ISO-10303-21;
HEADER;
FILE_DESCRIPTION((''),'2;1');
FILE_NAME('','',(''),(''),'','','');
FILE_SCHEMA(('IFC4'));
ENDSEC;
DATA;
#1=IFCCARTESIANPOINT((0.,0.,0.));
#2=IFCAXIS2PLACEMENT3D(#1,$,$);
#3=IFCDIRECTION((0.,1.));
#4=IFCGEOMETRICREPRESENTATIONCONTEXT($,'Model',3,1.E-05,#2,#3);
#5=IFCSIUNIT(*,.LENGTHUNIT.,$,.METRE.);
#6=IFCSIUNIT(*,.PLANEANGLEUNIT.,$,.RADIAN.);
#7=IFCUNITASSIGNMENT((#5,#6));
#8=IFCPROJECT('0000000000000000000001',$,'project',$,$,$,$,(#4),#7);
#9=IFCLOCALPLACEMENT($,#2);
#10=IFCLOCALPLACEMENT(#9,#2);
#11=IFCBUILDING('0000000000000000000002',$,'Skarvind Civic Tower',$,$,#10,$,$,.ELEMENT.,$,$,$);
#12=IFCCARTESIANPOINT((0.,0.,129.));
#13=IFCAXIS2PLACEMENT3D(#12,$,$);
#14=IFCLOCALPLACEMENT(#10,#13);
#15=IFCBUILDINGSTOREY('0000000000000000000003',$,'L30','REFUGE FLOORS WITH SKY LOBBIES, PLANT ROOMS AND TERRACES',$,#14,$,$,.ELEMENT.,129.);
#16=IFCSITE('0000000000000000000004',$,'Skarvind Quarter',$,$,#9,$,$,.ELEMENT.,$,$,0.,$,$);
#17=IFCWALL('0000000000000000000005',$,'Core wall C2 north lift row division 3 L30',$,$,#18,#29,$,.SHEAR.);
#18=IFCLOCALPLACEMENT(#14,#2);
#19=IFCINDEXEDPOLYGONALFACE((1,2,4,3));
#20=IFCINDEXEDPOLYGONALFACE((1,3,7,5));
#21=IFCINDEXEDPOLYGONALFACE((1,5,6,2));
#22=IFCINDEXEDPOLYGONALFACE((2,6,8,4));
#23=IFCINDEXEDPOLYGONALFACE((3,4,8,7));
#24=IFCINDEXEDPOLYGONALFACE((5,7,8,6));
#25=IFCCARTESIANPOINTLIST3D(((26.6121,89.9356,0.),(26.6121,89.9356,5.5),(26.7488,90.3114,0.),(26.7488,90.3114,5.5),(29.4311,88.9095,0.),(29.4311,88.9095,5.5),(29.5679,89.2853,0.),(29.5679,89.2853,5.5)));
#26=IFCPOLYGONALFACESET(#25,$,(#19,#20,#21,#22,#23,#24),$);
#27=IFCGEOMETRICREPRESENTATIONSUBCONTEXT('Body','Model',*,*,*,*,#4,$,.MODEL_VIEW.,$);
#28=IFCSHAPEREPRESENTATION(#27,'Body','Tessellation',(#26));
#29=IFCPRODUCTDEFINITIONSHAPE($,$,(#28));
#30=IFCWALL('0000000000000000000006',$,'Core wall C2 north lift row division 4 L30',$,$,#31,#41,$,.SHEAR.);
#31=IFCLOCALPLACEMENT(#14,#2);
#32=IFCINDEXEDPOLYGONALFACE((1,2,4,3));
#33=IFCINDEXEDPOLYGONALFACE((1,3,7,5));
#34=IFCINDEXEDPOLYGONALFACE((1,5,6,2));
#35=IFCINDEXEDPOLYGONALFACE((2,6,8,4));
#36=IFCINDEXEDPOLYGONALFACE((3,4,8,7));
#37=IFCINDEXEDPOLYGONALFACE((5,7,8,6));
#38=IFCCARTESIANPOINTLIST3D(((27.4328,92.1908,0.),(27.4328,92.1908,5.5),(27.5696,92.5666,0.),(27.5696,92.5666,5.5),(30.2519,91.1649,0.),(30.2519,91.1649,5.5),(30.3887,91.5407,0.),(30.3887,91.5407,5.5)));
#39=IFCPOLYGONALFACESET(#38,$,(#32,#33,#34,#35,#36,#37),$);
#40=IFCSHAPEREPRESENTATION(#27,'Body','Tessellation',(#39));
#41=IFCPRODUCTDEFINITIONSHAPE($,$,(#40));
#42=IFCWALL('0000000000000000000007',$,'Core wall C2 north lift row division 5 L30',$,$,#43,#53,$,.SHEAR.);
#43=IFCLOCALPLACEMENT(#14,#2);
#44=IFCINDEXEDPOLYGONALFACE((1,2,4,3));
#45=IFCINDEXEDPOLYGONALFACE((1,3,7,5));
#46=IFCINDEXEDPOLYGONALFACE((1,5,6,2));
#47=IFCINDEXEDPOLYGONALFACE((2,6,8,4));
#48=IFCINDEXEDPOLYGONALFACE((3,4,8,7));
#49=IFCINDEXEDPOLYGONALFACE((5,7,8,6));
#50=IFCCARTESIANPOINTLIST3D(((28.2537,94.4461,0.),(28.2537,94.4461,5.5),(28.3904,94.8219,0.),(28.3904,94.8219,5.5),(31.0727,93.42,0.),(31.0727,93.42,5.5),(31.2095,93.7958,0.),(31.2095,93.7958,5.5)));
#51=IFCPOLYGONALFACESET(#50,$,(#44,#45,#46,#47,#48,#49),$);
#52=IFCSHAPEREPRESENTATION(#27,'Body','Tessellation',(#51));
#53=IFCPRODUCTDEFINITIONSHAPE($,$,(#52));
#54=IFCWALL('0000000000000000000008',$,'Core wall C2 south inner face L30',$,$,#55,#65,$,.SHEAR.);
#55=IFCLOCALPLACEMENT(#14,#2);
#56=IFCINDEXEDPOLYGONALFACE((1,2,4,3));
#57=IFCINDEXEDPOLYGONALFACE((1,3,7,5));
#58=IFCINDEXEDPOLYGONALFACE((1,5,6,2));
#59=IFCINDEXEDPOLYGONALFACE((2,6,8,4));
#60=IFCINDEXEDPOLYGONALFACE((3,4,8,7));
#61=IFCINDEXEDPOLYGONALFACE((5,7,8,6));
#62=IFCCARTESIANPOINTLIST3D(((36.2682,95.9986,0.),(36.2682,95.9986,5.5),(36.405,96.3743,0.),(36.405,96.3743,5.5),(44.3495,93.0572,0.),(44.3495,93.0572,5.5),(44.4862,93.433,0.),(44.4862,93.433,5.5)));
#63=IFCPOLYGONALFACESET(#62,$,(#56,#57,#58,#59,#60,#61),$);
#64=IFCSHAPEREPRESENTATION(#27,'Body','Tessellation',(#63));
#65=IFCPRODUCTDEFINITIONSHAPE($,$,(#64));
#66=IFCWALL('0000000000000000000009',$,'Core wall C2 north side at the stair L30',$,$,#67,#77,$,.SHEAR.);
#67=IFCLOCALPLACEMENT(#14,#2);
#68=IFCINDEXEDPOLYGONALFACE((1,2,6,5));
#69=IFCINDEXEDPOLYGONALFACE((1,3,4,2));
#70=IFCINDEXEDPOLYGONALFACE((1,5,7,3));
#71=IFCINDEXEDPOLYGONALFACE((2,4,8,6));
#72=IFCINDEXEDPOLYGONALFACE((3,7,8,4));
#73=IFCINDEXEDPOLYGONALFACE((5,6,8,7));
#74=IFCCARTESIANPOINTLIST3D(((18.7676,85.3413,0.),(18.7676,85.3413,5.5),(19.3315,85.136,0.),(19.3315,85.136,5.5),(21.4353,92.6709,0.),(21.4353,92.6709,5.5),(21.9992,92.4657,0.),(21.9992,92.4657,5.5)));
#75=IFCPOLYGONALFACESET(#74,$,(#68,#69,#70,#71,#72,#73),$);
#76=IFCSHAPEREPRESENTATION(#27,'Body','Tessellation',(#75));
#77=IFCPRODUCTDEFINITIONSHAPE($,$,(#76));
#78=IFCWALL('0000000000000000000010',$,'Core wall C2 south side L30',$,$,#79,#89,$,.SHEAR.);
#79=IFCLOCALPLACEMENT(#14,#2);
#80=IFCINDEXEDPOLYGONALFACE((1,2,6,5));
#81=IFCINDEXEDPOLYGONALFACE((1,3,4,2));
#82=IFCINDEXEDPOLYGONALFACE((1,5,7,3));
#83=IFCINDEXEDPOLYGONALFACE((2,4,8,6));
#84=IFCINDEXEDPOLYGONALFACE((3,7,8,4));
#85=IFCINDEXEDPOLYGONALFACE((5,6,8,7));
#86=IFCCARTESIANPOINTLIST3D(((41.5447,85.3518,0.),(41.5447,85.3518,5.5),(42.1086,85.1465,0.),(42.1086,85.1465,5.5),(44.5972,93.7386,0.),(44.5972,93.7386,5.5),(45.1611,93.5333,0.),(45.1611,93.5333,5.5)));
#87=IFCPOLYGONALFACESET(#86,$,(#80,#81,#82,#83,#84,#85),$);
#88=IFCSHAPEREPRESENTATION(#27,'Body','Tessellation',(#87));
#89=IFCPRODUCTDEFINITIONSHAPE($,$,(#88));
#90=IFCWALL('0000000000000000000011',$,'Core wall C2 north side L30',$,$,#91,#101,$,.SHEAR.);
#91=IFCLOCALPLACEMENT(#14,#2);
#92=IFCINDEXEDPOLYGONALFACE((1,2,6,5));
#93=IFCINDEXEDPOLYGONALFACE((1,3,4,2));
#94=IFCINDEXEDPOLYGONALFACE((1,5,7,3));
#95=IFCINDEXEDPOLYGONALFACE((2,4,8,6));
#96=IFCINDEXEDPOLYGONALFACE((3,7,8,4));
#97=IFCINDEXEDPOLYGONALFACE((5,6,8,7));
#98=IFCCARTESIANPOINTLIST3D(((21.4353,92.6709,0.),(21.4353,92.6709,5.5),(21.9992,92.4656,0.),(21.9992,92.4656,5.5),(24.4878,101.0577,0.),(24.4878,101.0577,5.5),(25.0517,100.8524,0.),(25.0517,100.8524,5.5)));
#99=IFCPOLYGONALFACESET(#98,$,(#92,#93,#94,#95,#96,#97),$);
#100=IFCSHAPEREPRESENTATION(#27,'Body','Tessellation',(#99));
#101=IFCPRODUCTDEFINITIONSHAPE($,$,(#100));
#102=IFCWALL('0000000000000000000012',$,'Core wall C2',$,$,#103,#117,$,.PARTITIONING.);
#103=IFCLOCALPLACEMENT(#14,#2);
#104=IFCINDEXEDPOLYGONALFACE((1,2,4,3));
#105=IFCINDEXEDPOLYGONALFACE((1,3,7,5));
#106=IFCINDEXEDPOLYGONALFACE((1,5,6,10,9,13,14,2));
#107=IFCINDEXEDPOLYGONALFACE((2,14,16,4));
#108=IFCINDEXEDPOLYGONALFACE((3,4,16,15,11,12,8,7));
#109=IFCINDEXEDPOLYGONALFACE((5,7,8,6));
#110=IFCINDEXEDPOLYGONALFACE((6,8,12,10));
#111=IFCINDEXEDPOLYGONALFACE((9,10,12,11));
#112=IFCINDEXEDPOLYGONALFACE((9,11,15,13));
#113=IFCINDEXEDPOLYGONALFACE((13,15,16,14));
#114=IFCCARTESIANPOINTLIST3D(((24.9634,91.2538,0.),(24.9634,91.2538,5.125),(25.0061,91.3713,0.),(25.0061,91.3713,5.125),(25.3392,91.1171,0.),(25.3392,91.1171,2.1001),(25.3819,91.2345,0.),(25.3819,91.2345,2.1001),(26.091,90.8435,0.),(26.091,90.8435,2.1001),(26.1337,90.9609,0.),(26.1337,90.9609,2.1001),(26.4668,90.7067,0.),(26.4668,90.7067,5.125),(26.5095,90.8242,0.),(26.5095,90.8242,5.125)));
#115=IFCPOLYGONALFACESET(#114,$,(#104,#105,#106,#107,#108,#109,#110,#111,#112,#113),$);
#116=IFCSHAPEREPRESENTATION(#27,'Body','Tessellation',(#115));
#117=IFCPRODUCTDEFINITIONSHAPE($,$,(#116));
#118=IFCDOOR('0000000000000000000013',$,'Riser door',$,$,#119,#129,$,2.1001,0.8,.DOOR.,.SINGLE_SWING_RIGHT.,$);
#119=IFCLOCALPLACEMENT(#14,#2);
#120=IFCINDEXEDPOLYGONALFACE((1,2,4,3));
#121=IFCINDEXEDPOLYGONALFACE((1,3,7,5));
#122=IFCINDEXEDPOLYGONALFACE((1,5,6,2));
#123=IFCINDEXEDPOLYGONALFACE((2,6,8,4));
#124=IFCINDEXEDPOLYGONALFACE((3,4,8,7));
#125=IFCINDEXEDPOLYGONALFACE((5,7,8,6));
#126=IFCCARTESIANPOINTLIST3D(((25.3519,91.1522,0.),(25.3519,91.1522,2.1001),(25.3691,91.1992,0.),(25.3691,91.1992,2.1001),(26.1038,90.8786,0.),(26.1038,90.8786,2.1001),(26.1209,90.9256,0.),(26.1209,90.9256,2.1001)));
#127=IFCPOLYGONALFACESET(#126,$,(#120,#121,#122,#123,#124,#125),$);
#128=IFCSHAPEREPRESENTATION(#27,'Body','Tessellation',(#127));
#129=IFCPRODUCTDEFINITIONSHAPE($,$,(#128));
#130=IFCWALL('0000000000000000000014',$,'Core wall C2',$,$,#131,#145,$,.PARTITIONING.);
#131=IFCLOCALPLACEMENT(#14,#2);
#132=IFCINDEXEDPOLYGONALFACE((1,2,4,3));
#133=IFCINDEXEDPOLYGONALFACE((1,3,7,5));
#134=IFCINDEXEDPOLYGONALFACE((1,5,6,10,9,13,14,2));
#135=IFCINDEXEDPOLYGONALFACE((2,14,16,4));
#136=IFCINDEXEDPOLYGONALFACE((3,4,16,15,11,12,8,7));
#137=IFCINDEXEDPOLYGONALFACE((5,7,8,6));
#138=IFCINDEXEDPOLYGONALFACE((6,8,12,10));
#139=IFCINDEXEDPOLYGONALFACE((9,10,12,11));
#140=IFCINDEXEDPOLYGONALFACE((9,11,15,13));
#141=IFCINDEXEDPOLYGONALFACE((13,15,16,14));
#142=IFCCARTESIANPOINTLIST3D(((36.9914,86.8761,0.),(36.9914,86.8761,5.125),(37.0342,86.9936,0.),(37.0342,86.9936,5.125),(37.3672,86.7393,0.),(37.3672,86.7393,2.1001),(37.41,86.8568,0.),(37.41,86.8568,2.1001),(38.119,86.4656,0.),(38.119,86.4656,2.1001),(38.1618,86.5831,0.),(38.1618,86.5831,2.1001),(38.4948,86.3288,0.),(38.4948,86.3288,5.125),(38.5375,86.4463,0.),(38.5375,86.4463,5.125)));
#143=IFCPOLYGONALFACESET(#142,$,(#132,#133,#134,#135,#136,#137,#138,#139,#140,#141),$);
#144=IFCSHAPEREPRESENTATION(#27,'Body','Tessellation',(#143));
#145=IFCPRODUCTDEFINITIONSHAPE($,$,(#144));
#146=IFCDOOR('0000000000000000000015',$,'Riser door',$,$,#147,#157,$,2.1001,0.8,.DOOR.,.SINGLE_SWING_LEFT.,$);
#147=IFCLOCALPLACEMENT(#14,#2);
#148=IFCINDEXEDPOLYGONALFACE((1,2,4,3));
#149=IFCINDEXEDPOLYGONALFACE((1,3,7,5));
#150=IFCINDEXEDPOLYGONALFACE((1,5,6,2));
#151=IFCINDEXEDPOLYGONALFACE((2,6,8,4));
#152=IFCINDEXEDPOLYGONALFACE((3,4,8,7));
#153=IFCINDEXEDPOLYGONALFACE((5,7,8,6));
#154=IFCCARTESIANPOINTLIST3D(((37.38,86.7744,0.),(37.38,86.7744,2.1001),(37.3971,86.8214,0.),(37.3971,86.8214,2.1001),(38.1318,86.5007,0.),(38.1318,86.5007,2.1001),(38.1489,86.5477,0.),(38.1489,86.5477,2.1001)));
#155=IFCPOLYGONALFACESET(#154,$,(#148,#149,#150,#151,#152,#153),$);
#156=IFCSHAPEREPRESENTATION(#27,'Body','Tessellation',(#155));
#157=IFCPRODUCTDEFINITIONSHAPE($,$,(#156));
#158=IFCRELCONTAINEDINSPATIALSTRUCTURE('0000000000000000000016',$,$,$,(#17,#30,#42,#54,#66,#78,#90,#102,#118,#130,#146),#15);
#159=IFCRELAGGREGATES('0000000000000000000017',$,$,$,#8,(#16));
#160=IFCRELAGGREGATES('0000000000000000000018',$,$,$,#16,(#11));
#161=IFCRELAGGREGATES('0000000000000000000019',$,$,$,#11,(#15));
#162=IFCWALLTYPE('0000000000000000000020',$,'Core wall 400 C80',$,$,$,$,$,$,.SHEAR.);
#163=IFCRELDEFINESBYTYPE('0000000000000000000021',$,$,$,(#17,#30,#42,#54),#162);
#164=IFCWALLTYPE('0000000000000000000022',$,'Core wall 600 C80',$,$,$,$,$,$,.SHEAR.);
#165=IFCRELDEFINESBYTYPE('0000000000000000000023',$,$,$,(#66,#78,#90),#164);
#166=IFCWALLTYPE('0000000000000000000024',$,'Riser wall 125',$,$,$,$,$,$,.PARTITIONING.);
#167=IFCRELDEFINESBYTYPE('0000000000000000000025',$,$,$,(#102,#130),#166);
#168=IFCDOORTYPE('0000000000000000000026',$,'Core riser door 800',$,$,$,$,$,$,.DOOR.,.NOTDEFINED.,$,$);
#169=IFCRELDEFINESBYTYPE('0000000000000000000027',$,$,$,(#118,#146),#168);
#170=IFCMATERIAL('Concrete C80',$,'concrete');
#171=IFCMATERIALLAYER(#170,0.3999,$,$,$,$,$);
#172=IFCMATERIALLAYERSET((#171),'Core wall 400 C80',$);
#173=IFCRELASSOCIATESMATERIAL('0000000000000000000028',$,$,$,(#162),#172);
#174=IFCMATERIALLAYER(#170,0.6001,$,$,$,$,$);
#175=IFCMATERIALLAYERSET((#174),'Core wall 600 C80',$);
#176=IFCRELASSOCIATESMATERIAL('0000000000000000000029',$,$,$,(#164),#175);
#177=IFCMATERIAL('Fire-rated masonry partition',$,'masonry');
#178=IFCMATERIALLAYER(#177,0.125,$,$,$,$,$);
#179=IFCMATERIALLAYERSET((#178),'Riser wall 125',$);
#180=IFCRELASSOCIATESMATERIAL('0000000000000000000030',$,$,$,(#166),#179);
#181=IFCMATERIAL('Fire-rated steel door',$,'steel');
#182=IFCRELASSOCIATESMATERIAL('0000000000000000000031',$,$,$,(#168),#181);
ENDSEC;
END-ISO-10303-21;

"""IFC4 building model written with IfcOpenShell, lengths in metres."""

from ifc_helpers import new_model, si_unit, direction, frame, frame_2d, origin, place, context, subcontext, project, spatial, rectangle, extrude, material, layer, layer_set, type_object, element, fill, save


model = new_model("IFC4")

# Units and contexts
model_context = context("Model", 3, precision=1e-05, world=origin(), true_north=direction((0.0, 1.0)))
body_context = subcontext(model_context, "Body", "Model", "MODEL_VIEW")
ifc_project = project(units=[si_unit("LENGTHUNIT", "METRE"), si_unit("PLANEANGLEUNIT", "RADIAN")], contexts=[model_context])

# Site, building, storey
site_placement = place(None, origin())
site = spatial("IfcSite", under=ifc_project, at=site_placement, Name="Skarvind Quarter", CompositionType="ELEMENT", RefElevation=0.0)
building_placement = place(site_placement, origin())
building = spatial("IfcBuilding", under=site, at=building_placement, Name="Skarvind Civic Tower", CompositionType="ELEMENT")
storey_placement = place(building_placement, frame((0.0, 0.0, 129.0)))
storey = spatial("IfcBuildingStorey", under=building, at=storey_placement, Name="L30", Description="REFUGE FLOORS WITH SKY LOBBIES, PLANT ROOMS AND TERRACES", CompositionType="ELEMENT", Elevation=129.0)

# Shared definitions
ifc_material_1 = material(Name="Fire-rated masonry partition", Category="masonry")
ifc_material_2 = material(Name="Fire-rated steel door", Category="steel")
ifc_material_3 = material(Name="Concrete C80", Category="concrete")
ifc_layer_1 = layer(ifc_material_3, 0.3999)
ifc_layer_set_1 = layer_set([ifc_layer_1], Name="Core wall 400 C80")
wall_type_1 = type_object("IfcWallType", Name="Core wall 400 C80", PredefinedType="SHEAR", material=ifc_layer_set_1)

# Walls
for number, where, z_axis, x_axis, name in (
    (1, (29.4995, 89.0974, 0.0), (0.0, 0.0, 1.0), (-0.939686, 0.342037, 0.0), "Core wall C2 north lift row division 3 L30"),
    (2, (30.3203, 91.3528, 0.0), (0.0, 0.0, 1.0), (-0.939713, 0.341965, 0.0), "Core wall C2 north lift row division 4 L30"),
    (3, (31.1411, 93.6079, 0.0), (0.0, 0.0, 1.0), (-0.939686, 0.342037, 0.0), "Core wall C2 north lift row division 5 L30"),
):
    element("IfcWall", number, at=place(storey_placement, frame(where, z_axis=z_axis, x_axis=x_axis)), inside=storey, type_object=wall_type_1, Name=name, PredefinedType="SHEAR", context=body_context, shape_type="SweptSolid", body=[
        extrude(rectangle(XDim=3.0, YDim=0.3999, at=frame_2d((1.5, 0.0))), origin(), (0.0, 0.0, 1.0), 5.5),
    ])
wall_1_placement = place(storey_placement, frame((44.4177, 93.2451, 0.0), z_axis=(0.0, 0.0, 1.0), x_axis=(-0.939691, 0.342026, 0.0)))
element("IfcWall", 4, at=wall_1_placement, inside=storey, type_object=wall_type_1, Name="Core wall C2 south inner face L30", PredefinedType="SHEAR", context=body_context, shape_type="SweptSolid", body=[
    extrude(rectangle(XDim=8.5999, YDim=0.3999, at=frame_2d((4.2998, 0.0))), origin(), (0.0, 0.0, 1.0), 5.5),
])
ifc_layer_2 = layer(ifc_material_3, 0.6001)
ifc_layer_set_2 = layer_set([ifc_layer_2], Name="Core wall 600 C80")
wall_type_2 = type_object("IfcWallType", Name="Core wall 600 C80", PredefinedType="SHEAR", material=ifc_layer_set_2)
wall_2_placement = place(storey_placement, frame((19.0496, 85.2388, 0.0), z_axis=(0.0, 0.0, 1.0), x_axis=(0.342017, 0.939694, 0.0)))
element("IfcWall", 5, at=wall_2_placement, inside=storey, type_object=wall_type_2, Name="Core wall C2 north side at the stair L30", PredefinedType="SHEAR", context=body_context, shape_type="SweptSolid", body=[
    extrude(rectangle(XDim=7.8, YDim=0.6001, at=frame_2d((3.8999, 0.0))), origin(), (0.0, 0.0, 1.0), 5.5),
])
for number, where, z_axis, x_axis, name in (
    (6, (41.8267, 85.2493, 0.0), (0.0, 0.0, 1.0), (0.342018, 0.939694, 0.0), "Core wall C2 south side L30"),
    (7, (21.7173, 92.5684, 0.0), (0.0, 0.0, 1.0), (0.342018, 0.939694, 0.0), "Core wall C2 north side L30"),
):
    element("IfcWall", number, at=place(storey_placement, frame(where, z_axis=z_axis, x_axis=x_axis)), inside=storey, type_object=wall_type_2, Name=name, PredefinedType="SHEAR", context=body_context, shape_type="SweptSolid", body=[
        extrude(rectangle(XDim=8.925, YDim=0.6001, at=frame_2d((4.4624, 0.0))), origin(), (0.0, 0.0, 1.0), 5.5),
    ])

# Walls, openings, doors
ifc_layer_3 = layer(ifc_material_1, 0.125)
ifc_layer_set_3 = layer_set([ifc_layer_3], Name="Riser wall 125")
wall_type_3 = type_object("IfcWallType", Name="Riser wall 125", PredefinedType="PARTITIONING", material=ifc_layer_set_3)
wall_3_placement = place(storey_placement, frame((24.9849, 91.3125, 0.0), z_axis=(0.0, 0.0, 1.0), x_axis=(0.939709, -0.341976, 0.0)))
wall_3 = element("IfcWall", 8, at=wall_3_placement, inside=storey, type_object=wall_type_3, Name="Core wall C2", PredefinedType="PARTITIONING", context=body_context, shape_type="SweptSolid", body=[
    extrude(rectangle(XDim=1.5999, YDim=0.125, at=frame_2d((0.7998, 0.0))), origin(), (0.0, 0.0, 1.0), 5.125),
])
opening_1_placement = place(wall_3_placement, frame((0.3999, 0.0, 0.0)))
opening_1 = element("IfcOpeningElement", 9, at=opening_1_placement, cuts=wall_3, PredefinedType="OPENING", context=body_context, shape_type="SweptSolid", body=[
    extrude(rectangle(XDim=0.8, YDim=2.1001, at=frame_2d((0.3999, 1.05))), frame((0.0, 0.0725, 0.0), z_axis=(0.0, -1.0, 0.0), x_axis=(1.0, 0.0, 0.0)), (0.0, 0.0, 1.0), 0.145),
])
door_type_1 = type_object("IfcDoorType", Name="Core riser door 800", OperationType="NOTDEFINED", PredefinedType="DOOR", material=ifc_material_2)
door_1_placement = place(opening_1_placement, origin())
door_1 = element("IfcDoor", 10, at=door_1_placement, inside=storey, type_object=door_type_1, Name="Riser door", OperationType="SINGLE_SWING_RIGHT", OverallHeight=2.1001, OverallWidth=0.8, PredefinedType="DOOR", context=body_context, shape_type="SweptSolid", body=[
    extrude(rectangle(XDim=0.8, YDim=2.1001, at=frame_2d((0.3999, 1.05))), frame((0.0, 0.0249, 0.0), z_axis=(0.0, -1.0, 0.0), x_axis=(1.0, 0.0, 0.0)), (0.0, 0.0, 1.0), 0.05),
])
fill(opening_1, door_1)
wall_4_placement = place(storey_placement, frame((37.0129, 86.9348, 0.0), z_axis=(0.0, 0.0, 1.0), x_axis=(0.93966, -0.342111, 0.0)))
wall_4 = element("IfcWall", 11, at=wall_4_placement, inside=storey, type_object=wall_type_3, Name="Core wall C2", PredefinedType="PARTITIONING", context=body_context, shape_type="SweptSolid", body=[
    extrude(rectangle(XDim=1.5999, YDim=0.125, at=frame_2d((0.7998, 0.0))), origin(), (0.0, 0.0, 1.0), 5.125),
])
opening_2_placement = place(wall_4_placement, frame((0.3999, 0.0, 0.0)))
opening_2 = element("IfcOpeningElement", 12, at=opening_2_placement, cuts=wall_4, PredefinedType="OPENING", context=body_context, shape_type="SweptSolid", body=[
    extrude(rectangle(XDim=0.8, YDim=2.1001, at=frame_2d((0.3999, 1.05))), frame((0.0, 0.0725, 0.0), z_axis=(0.0, -1.0, 0.0), x_axis=(1.0, 0.0, 0.0)), (0.0, 0.0, 1.0), 0.145),
])
door_2_placement = place(opening_2_placement, origin())
door_2 = element("IfcDoor", 13, at=door_2_placement, inside=storey, type_object=door_type_1, Name="Riser door", OperationType="SINGLE_SWING_LEFT", OverallHeight=2.1001, OverallWidth=0.8, PredefinedType="DOOR", context=body_context, shape_type="SweptSolid", body=[
    extrude(rectangle(XDim=0.8, YDim=2.1001, at=frame_2d((0.3999, 1.05))), frame((0.0, 0.0249, 0.0), z_axis=(0.0, -1.0, 0.0), x_axis=(1.0, 0.0, 0.0)), (0.0, 0.0, 1.0), 0.05),
])
fill(opening_2, door_2)

save(model, "model.ifc")
